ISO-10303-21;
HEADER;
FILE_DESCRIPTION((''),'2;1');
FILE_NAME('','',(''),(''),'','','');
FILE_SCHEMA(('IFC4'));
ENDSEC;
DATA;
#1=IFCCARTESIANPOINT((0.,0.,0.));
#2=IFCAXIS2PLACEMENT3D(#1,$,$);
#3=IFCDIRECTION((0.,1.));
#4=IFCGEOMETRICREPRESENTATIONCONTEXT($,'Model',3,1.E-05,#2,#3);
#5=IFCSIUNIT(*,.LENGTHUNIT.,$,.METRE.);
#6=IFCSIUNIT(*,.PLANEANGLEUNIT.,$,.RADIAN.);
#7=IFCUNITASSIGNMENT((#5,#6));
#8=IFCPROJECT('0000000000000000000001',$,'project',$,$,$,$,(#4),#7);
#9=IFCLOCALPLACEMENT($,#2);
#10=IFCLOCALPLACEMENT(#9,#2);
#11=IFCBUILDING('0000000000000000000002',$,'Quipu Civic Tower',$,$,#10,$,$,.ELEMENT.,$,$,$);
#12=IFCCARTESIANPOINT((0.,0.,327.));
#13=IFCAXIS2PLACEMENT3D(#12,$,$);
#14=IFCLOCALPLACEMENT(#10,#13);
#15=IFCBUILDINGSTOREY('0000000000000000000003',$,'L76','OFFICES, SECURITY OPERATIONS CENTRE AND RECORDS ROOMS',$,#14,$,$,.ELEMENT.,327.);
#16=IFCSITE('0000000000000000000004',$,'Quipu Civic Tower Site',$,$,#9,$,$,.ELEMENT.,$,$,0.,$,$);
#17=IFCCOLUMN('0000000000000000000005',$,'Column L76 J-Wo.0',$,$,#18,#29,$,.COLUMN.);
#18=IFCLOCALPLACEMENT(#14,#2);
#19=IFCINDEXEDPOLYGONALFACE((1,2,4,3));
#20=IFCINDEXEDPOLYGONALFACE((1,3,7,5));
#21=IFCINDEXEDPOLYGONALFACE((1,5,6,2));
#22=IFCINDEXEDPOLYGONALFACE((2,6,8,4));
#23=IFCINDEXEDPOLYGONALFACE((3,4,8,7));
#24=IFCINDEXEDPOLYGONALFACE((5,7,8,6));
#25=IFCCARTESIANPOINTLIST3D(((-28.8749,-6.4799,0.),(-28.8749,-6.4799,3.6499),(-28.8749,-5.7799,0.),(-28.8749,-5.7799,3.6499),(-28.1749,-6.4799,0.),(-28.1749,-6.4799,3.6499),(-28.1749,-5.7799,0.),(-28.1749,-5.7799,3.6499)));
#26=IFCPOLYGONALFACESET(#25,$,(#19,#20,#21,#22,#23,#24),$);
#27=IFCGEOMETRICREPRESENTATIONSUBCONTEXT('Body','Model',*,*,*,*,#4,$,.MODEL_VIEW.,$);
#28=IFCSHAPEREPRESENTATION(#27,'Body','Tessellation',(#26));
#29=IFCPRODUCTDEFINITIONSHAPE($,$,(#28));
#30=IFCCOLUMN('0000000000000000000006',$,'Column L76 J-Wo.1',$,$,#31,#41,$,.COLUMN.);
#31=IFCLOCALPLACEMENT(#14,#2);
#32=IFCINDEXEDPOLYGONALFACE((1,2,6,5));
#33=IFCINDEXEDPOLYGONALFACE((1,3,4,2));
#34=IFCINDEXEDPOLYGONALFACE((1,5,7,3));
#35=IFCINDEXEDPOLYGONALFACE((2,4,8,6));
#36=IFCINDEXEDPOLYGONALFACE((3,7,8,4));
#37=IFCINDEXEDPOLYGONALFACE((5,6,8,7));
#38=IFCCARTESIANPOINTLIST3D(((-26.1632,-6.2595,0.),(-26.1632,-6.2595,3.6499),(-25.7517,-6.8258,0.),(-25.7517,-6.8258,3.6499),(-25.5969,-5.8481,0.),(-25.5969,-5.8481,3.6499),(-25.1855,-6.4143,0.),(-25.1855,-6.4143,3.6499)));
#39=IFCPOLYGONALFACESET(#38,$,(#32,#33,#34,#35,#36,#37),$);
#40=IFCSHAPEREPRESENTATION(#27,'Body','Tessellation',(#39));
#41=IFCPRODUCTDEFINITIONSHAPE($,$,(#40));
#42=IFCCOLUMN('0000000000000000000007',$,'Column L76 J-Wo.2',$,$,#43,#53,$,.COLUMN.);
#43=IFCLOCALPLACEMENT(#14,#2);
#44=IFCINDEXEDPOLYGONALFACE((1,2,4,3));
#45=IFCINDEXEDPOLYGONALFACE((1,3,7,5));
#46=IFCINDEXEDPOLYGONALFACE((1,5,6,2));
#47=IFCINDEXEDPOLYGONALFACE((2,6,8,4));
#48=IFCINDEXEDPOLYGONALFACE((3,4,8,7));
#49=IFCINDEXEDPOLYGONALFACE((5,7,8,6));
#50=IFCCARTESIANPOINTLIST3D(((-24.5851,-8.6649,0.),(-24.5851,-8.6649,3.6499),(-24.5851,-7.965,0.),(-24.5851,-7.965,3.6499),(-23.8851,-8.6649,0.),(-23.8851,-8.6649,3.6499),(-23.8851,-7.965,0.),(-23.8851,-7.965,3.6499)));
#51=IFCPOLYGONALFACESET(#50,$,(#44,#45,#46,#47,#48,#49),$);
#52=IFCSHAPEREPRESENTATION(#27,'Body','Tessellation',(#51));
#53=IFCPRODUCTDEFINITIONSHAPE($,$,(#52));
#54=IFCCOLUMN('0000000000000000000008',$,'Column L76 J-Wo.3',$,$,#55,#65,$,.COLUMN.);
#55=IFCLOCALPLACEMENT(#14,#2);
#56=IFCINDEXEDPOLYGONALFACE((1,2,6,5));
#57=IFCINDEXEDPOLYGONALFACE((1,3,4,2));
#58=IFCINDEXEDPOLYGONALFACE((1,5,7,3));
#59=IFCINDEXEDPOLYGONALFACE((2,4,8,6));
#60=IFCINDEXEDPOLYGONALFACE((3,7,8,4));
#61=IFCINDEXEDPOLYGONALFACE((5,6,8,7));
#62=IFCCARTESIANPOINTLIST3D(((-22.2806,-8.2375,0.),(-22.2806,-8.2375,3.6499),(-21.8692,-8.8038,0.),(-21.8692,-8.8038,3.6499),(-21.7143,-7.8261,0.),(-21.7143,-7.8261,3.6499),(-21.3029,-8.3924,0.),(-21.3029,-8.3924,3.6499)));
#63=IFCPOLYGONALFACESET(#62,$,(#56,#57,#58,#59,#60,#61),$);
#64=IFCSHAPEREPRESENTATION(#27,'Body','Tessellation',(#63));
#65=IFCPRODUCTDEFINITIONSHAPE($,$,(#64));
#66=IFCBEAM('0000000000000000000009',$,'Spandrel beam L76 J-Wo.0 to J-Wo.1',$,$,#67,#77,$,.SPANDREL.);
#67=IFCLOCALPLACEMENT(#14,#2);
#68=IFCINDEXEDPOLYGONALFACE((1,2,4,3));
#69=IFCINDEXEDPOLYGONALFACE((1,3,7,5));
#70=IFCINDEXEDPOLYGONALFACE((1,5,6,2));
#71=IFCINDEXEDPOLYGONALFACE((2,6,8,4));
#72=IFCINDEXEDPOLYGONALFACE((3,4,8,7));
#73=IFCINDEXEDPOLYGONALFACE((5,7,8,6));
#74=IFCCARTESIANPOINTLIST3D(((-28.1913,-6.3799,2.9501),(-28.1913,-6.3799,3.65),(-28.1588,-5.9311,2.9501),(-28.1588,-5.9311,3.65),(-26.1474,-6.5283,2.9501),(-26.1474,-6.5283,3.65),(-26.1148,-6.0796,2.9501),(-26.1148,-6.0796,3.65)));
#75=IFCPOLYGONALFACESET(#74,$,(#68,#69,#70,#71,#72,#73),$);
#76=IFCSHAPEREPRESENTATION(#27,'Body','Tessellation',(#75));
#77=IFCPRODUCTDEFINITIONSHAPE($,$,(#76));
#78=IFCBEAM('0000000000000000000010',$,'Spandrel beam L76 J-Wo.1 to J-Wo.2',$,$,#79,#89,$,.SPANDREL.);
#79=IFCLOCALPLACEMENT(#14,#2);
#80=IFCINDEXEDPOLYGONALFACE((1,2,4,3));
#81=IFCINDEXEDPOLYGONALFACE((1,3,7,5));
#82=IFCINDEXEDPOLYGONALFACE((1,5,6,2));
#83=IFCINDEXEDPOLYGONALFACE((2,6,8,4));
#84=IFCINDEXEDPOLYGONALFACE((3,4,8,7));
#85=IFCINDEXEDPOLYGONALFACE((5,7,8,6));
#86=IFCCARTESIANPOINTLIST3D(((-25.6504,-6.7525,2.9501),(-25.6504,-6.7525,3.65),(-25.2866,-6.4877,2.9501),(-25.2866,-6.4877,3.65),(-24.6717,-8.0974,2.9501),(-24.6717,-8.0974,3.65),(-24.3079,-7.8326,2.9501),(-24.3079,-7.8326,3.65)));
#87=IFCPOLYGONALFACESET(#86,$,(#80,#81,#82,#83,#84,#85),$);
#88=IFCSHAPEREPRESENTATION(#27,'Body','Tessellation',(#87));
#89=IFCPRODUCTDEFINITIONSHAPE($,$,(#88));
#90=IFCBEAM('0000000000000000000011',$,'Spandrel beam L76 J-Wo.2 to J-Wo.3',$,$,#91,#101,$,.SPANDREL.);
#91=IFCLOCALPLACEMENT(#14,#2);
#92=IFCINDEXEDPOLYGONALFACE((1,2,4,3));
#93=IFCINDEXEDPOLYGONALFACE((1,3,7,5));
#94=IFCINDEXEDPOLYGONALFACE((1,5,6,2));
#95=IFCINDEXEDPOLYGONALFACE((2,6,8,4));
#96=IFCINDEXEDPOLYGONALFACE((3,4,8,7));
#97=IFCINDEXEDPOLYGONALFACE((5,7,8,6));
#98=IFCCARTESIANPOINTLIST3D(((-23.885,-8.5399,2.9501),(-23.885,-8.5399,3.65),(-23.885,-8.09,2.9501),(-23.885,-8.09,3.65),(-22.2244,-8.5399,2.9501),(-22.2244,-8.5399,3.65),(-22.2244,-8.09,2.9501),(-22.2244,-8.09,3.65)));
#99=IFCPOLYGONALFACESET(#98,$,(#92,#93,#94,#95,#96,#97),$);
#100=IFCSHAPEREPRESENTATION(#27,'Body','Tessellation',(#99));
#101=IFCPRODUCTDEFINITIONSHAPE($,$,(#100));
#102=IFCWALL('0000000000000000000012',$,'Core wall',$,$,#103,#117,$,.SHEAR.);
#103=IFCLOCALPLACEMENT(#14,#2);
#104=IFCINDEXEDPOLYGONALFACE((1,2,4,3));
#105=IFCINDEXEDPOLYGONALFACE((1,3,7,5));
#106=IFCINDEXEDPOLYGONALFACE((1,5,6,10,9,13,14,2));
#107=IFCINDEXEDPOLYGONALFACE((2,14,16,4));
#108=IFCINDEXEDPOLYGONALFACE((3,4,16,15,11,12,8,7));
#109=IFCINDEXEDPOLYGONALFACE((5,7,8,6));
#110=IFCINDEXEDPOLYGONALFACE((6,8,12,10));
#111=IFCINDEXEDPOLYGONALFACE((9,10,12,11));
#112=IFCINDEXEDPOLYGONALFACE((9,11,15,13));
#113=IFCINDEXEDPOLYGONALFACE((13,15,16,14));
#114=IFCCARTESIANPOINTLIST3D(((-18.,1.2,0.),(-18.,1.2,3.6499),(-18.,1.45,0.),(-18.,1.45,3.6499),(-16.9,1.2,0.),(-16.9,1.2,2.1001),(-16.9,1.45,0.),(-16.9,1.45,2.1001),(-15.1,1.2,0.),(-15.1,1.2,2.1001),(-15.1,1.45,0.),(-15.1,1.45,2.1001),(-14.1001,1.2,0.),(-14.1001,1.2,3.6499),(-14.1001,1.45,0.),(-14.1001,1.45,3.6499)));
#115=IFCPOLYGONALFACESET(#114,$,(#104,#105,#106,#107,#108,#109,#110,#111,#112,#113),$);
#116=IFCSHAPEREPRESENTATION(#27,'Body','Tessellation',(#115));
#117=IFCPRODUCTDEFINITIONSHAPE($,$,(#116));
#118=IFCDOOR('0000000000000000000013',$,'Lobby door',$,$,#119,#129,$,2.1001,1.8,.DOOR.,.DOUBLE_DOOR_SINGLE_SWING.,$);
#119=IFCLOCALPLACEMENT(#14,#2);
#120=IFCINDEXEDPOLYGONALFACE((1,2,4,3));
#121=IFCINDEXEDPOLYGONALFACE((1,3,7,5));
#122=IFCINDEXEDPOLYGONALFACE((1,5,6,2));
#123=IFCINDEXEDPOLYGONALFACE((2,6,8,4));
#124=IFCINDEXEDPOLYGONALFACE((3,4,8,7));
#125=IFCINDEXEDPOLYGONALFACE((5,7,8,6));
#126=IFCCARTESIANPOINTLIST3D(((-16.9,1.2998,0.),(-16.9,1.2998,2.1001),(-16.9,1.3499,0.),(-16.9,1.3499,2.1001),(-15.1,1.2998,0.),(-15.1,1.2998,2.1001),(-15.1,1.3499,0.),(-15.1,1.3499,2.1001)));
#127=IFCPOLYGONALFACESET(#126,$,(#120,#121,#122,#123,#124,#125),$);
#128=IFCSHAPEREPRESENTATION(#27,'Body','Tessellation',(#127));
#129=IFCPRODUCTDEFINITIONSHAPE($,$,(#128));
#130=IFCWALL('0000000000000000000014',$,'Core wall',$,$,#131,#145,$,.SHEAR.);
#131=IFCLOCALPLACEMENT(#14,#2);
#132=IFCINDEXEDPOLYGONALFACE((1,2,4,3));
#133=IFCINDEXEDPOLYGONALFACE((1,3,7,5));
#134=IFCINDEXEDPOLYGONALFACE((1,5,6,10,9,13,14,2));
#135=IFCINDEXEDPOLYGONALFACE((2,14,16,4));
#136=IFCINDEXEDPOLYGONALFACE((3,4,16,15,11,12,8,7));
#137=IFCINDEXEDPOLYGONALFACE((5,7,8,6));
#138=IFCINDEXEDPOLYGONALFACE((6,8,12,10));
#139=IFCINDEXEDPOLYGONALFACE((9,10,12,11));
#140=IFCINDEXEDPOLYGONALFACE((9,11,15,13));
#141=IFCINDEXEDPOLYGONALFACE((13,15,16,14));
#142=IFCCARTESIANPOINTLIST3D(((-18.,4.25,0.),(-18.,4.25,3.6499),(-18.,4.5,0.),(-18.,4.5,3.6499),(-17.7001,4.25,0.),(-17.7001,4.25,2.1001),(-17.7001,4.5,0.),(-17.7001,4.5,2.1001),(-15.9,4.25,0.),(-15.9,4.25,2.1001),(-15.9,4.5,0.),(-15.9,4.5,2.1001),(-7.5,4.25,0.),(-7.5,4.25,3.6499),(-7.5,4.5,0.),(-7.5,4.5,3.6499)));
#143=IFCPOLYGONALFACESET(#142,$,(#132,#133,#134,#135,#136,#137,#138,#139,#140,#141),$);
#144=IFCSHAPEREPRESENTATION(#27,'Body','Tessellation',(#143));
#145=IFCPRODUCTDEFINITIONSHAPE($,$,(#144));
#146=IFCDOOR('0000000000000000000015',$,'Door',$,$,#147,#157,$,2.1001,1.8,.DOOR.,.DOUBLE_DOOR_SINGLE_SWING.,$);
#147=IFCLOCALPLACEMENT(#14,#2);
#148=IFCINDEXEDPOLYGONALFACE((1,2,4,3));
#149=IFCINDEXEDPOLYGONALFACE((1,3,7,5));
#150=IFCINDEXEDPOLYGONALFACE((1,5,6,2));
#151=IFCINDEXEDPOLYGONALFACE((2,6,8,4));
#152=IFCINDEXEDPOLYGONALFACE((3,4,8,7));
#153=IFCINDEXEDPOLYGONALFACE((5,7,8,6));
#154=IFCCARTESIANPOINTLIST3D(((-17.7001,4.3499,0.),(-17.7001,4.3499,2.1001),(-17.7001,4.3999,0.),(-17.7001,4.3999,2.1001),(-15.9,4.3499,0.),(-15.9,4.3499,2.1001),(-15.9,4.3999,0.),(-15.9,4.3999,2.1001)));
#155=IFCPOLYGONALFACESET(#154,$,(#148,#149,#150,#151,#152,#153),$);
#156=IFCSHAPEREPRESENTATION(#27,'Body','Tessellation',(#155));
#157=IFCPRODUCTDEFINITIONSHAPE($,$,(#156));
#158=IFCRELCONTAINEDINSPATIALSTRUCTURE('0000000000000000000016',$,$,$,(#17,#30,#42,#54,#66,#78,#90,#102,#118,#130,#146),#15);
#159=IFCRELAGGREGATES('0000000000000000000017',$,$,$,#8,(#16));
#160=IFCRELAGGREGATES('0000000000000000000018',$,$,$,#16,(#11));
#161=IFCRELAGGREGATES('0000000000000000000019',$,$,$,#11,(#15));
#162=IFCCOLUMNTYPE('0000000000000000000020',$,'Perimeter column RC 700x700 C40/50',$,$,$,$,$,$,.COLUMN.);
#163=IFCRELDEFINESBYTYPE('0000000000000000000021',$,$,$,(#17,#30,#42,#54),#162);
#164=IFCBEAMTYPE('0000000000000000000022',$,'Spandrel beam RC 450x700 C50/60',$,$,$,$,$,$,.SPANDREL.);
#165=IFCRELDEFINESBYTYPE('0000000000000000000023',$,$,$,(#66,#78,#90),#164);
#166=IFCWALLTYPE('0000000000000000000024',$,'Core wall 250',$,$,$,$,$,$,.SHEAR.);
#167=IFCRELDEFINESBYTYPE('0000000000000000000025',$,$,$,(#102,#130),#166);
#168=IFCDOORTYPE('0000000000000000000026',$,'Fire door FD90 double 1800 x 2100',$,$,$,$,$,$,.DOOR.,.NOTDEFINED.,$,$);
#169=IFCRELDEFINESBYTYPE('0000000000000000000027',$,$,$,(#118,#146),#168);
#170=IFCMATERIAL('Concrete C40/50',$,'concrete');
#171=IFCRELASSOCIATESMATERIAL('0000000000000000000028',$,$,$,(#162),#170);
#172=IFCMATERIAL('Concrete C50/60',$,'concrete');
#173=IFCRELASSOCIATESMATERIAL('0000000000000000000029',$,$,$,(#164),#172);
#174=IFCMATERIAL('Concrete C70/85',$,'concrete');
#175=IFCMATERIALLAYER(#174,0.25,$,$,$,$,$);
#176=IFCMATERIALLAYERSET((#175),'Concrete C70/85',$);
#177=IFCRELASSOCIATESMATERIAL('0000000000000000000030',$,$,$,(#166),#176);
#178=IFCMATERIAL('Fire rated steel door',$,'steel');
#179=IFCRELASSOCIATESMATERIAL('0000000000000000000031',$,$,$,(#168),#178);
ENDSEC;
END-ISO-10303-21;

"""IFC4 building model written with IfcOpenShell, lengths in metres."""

from ifc_helpers import new_model, si_unit, direction, frame, frame_2d, origin, origin_2d, place, context, subcontext, project, spatial, rectangle, extrude, material, layer, layer_set, material_profile, profile_set, type_object, element, fill, save


model = new_model("IFC4")

# Units and contexts
model_context = context("Model", 3, precision=1e-05, world=origin(), true_north=direction((0.0, 1.0)))
body_context = subcontext(model_context, "Body", "Model", "MODEL_VIEW")
ifc_project = project(units=[si_unit("LENGTHUNIT", "METRE"), si_unit("PLANEANGLEUNIT", "RADIAN")], contexts=[model_context])

# Site, building, storey
site_placement = place(None, origin())
site = spatial("IfcSite", under=ifc_project, at=site_placement, Name="Quipu Civic Tower Site", CompositionType="ELEMENT", RefElevation=0.0)
building_placement = place(site_placement, origin())
building = spatial("IfcBuilding", under=site, at=building_placement, Name="Quipu Civic Tower", CompositionType="ELEMENT")
storey_placement = place(building_placement, frame((0.0, 0.0, 327.0)))
storey = spatial("IfcBuildingStorey", under=building, at=storey_placement, Name="L76", Description="OFFICES, SECURITY OPERATIONS CENTRE AND RECORDS ROOMS", CompositionType="ELEMENT", Elevation=327.0)

# Columns
ifc_material_1 = material(Name="Concrete C40/50", Category="concrete")
ifc_material_profile_1 = material_profile(ifc_material_1, rectangle(XDim=0.7, YDim=0.7, at=origin_2d()), Name="RC700x700")
ifc_profile_set_1 = profile_set([ifc_material_profile_1], Name="Concrete C40/50")
column_type = type_object("IfcColumnType", Name="Perimeter column RC 700x700 C40/50", PredefinedType="COLUMN", material=ifc_profile_set_1)
for number, where, z_axis, x_axis, name in (
    (1, (-28.5249, -6.1299, 0.0), (0.0, 0.0, 1.0), (1.0, 0.0, 0.0), "Column L76 J-Wo.0"),
    (2, (-25.6743, -6.3369, 0.0), (0.0, 0.0, 1.0), (0.587785, -0.809017, 0.0), "Column L76 J-Wo.1"),
    (3, (-24.2351, -8.3149, 0.0), (0.0, 0.0, 1.0), (1.0, 0.0, 0.0), "Column L76 J-Wo.2"),
    (4, (-21.7917, -8.3149, 0.0), (0.0, 0.0, 1.0), (0.587785, -0.809017, 0.0), "Column L76 J-Wo.3"),
):
    element("IfcColumn", number, at=place(storey_placement, frame(where, z_axis=z_axis, x_axis=x_axis)), inside=storey, type_object=column_type, Name=name, PredefinedType="COLUMN", context=body_context, shape_type="SweptSolid", body=[
        extrude(rectangle(XDim=0.7, YDim=0.7, at=origin_2d()), origin(), (0.0, 0.0, 1.0), 3.6499),
    ])

# Beams
ifc_material_2 = material(Name="Concrete C50/60", Category="concrete")
ifc_material_profile_2 = material_profile(ifc_material_2, rectangle(XDim=0.45, YDim=0.7, at=origin_2d()), Name="RC450x700")
ifc_profile_set_2 = profile_set([ifc_material_profile_2], Name="Concrete C50/60")
beam_type = type_object("IfcBeamType", Name="Spandrel beam RC 450x700 C50/60", PredefinedType="SPANDREL", material=ifc_profile_set_2)
beam_1_placement = place(storey_placement, frame((-28.175, -6.1555, 3.3), z_axis=(0.997373, -0.072432, 0.0), x_axis=(0.072432, 0.997373, 0.0)))
element("IfcBeam", 5, at=beam_1_placement, inside=storey, type_object=beam_type, Name="Spandrel beam L76 J-Wo.0 to J-Wo.1", PredefinedType="SPANDREL", context=body_context, shape_type="SweptSolid", body=[
    extrude(rectangle(XDim=0.45, YDim=0.7, at=origin_2d()), origin(), (0.0, 0.0, 1.0), 2.0493),
])
beam_2_placement = place(storey_placement, frame((-25.4685, -6.6201, 3.3), z_axis=(0.588407, -0.808565, 0.0), x_axis=(0.808565, 0.588407, 0.0)))
element("IfcBeam", 6, at=beam_2_placement, inside=storey, type_object=beam_type, Name="Spandrel beam L76 J-Wo.1 to J-Wo.2", PredefinedType="SPANDREL", context=body_context, shape_type="SweptSolid", body=[
    extrude(rectangle(XDim=0.45, YDim=0.7, at=origin_2d()), origin(), (0.0, 0.0, 1.0), 1.6633),
])
beam_3_placement = place(storey_placement, frame((-23.885, -8.3149, 3.3), z_axis=(1.0, 0.0, 0.0), x_axis=(0.0, 1.0, 0.0)))
element("IfcBeam", 7, at=beam_3_placement, inside=storey, type_object=beam_type, Name="Spandrel beam L76 J-Wo.2 to J-Wo.3", PredefinedType="SPANDREL", context=body_context, shape_type="SweptSolid", body=[
    extrude(rectangle(XDim=0.45, YDim=0.7, at=origin_2d()), origin(), (0.0, 0.0, 1.0), 1.6606),
])

# Walls, openings, doors
ifc_material_3 = material(Name="Concrete C70/85", Category="concrete")
ifc_layer_1 = layer(ifc_material_3, 0.25)
ifc_layer_set_1 = layer_set([ifc_layer_1], Name="Concrete C70/85")
wall_type_1 = type_object("IfcWallType", Name="Core wall 250", PredefinedType="SHEAR", material=ifc_layer_set_1)
wall_1_placement = place(storey_placement, frame((-18.0, 1.325, 0.0), z_axis=(0.0, 0.0, 1.0), x_axis=(1.0, 0.0, 0.0)))
wall_1 = element("IfcWall", 8, at=wall_1_placement, inside=storey, type_object=wall_type_1, Name="Core wall", PredefinedType="SHEAR", context=body_context, shape_type="SweptSolid", body=[
    extrude(rectangle(XDim=3.8999, YDim=0.25, at=frame_2d((1.95, 0.0))), origin(), (0.0, 0.0, 1.0), 3.6499),
])
opening_1_placement = place(wall_1_placement, frame((1.1001, 0.0, 0.0)))
opening_1 = element("IfcOpeningElement", 9, at=opening_1_placement, cuts=wall_1, PredefinedType="OPENING", context=body_context, shape_type="SweptSolid", body=[
    extrude(rectangle(XDim=1.8, YDim=2.1001, at=frame_2d((0.8999, 1.05))), frame((0.0, 0.135, 0.0), z_axis=(0.0, -1.0, 0.0), x_axis=(1.0, 0.0, 0.0)), (0.0, 0.0, 1.0), 0.27),
])
ifc_material_4 = material(Name="Fire rated steel door", Category="steel")
door_type_1 = type_object("IfcDoorType", Name="Fire door FD90 double 1800 x 2100", OperationType="NOTDEFINED", PredefinedType="DOOR", material=ifc_material_4)
door_1_placement = place(opening_1_placement, origin())
door_1 = element("IfcDoor", 10, at=door_1_placement, inside=storey, type_object=door_type_1, Name="Lobby door", OperationType="DOUBLE_DOOR_SINGLE_SWING", OverallHeight=2.1001, OverallWidth=1.8, PredefinedType="DOOR", context=body_context, shape_type="SweptSolid", body=[
    extrude(rectangle(XDim=1.8, YDim=2.1001, at=frame_2d((0.8999, 1.05))), frame((0.0, 0.0249, 0.0), z_axis=(0.0, -1.0, 0.0), x_axis=(1.0, 0.0, 0.0)), (0.0, 0.0, 1.0), 0.05),
])
fill(opening_1, door_1)
wall_2_placement = place(storey_placement, frame((-18.0, 4.375, 0.0), z_axis=(0.0, 0.0, 1.0), x_axis=(1.0, 0.0, 0.0)))
wall_2 = element("IfcWall", 11, at=wall_2_placement, inside=storey, type_object=wall_type_1, Name="Core wall", PredefinedType="SHEAR", context=body_context, shape_type="SweptSolid", body=[
    extrude(rectangle(XDim=10.5, YDim=0.25, at=frame_2d((5.25, 0.0))), origin(), (0.0, 0.0, 1.0), 3.6499),
])
opening_2_placement = place(wall_2_placement, frame((0.3, 0.0, 0.0)))
opening_2 = element("IfcOpeningElement", 12, at=opening_2_placement, cuts=wall_2, PredefinedType="OPENING", context=body_context, shape_type="SweptSolid", body=[
    extrude(rectangle(XDim=1.8, YDim=2.1001, at=frame_2d((0.8999, 1.05))), frame((0.0, 0.135, 0.0), z_axis=(0.0, -1.0, 0.0), x_axis=(1.0, 0.0, 0.0)), (0.0, 0.0, 1.0), 0.27),
])
door_2_placement = place(opening_2_placement, origin())
door_2 = element("IfcDoor", 13, at=door_2_placement, inside=storey, type_object=door_type_1, Name="Door", OperationType="DOUBLE_DOOR_SINGLE_SWING", OverallHeight=2.1001, OverallWidth=1.8, PredefinedType="DOOR", context=body_context, shape_type="SweptSolid", body=[
    extrude(rectangle(XDim=1.8, YDim=2.1001, at=frame_2d((0.8999, 1.05))), frame((0.0, 0.0249, 0.0), z_axis=(0.0, -1.0, 0.0), x_axis=(1.0, 0.0, 0.0)), (0.0, 0.0, 1.0), 0.05),
])
fill(opening_2, door_2)

save(model, "model.ifc")
